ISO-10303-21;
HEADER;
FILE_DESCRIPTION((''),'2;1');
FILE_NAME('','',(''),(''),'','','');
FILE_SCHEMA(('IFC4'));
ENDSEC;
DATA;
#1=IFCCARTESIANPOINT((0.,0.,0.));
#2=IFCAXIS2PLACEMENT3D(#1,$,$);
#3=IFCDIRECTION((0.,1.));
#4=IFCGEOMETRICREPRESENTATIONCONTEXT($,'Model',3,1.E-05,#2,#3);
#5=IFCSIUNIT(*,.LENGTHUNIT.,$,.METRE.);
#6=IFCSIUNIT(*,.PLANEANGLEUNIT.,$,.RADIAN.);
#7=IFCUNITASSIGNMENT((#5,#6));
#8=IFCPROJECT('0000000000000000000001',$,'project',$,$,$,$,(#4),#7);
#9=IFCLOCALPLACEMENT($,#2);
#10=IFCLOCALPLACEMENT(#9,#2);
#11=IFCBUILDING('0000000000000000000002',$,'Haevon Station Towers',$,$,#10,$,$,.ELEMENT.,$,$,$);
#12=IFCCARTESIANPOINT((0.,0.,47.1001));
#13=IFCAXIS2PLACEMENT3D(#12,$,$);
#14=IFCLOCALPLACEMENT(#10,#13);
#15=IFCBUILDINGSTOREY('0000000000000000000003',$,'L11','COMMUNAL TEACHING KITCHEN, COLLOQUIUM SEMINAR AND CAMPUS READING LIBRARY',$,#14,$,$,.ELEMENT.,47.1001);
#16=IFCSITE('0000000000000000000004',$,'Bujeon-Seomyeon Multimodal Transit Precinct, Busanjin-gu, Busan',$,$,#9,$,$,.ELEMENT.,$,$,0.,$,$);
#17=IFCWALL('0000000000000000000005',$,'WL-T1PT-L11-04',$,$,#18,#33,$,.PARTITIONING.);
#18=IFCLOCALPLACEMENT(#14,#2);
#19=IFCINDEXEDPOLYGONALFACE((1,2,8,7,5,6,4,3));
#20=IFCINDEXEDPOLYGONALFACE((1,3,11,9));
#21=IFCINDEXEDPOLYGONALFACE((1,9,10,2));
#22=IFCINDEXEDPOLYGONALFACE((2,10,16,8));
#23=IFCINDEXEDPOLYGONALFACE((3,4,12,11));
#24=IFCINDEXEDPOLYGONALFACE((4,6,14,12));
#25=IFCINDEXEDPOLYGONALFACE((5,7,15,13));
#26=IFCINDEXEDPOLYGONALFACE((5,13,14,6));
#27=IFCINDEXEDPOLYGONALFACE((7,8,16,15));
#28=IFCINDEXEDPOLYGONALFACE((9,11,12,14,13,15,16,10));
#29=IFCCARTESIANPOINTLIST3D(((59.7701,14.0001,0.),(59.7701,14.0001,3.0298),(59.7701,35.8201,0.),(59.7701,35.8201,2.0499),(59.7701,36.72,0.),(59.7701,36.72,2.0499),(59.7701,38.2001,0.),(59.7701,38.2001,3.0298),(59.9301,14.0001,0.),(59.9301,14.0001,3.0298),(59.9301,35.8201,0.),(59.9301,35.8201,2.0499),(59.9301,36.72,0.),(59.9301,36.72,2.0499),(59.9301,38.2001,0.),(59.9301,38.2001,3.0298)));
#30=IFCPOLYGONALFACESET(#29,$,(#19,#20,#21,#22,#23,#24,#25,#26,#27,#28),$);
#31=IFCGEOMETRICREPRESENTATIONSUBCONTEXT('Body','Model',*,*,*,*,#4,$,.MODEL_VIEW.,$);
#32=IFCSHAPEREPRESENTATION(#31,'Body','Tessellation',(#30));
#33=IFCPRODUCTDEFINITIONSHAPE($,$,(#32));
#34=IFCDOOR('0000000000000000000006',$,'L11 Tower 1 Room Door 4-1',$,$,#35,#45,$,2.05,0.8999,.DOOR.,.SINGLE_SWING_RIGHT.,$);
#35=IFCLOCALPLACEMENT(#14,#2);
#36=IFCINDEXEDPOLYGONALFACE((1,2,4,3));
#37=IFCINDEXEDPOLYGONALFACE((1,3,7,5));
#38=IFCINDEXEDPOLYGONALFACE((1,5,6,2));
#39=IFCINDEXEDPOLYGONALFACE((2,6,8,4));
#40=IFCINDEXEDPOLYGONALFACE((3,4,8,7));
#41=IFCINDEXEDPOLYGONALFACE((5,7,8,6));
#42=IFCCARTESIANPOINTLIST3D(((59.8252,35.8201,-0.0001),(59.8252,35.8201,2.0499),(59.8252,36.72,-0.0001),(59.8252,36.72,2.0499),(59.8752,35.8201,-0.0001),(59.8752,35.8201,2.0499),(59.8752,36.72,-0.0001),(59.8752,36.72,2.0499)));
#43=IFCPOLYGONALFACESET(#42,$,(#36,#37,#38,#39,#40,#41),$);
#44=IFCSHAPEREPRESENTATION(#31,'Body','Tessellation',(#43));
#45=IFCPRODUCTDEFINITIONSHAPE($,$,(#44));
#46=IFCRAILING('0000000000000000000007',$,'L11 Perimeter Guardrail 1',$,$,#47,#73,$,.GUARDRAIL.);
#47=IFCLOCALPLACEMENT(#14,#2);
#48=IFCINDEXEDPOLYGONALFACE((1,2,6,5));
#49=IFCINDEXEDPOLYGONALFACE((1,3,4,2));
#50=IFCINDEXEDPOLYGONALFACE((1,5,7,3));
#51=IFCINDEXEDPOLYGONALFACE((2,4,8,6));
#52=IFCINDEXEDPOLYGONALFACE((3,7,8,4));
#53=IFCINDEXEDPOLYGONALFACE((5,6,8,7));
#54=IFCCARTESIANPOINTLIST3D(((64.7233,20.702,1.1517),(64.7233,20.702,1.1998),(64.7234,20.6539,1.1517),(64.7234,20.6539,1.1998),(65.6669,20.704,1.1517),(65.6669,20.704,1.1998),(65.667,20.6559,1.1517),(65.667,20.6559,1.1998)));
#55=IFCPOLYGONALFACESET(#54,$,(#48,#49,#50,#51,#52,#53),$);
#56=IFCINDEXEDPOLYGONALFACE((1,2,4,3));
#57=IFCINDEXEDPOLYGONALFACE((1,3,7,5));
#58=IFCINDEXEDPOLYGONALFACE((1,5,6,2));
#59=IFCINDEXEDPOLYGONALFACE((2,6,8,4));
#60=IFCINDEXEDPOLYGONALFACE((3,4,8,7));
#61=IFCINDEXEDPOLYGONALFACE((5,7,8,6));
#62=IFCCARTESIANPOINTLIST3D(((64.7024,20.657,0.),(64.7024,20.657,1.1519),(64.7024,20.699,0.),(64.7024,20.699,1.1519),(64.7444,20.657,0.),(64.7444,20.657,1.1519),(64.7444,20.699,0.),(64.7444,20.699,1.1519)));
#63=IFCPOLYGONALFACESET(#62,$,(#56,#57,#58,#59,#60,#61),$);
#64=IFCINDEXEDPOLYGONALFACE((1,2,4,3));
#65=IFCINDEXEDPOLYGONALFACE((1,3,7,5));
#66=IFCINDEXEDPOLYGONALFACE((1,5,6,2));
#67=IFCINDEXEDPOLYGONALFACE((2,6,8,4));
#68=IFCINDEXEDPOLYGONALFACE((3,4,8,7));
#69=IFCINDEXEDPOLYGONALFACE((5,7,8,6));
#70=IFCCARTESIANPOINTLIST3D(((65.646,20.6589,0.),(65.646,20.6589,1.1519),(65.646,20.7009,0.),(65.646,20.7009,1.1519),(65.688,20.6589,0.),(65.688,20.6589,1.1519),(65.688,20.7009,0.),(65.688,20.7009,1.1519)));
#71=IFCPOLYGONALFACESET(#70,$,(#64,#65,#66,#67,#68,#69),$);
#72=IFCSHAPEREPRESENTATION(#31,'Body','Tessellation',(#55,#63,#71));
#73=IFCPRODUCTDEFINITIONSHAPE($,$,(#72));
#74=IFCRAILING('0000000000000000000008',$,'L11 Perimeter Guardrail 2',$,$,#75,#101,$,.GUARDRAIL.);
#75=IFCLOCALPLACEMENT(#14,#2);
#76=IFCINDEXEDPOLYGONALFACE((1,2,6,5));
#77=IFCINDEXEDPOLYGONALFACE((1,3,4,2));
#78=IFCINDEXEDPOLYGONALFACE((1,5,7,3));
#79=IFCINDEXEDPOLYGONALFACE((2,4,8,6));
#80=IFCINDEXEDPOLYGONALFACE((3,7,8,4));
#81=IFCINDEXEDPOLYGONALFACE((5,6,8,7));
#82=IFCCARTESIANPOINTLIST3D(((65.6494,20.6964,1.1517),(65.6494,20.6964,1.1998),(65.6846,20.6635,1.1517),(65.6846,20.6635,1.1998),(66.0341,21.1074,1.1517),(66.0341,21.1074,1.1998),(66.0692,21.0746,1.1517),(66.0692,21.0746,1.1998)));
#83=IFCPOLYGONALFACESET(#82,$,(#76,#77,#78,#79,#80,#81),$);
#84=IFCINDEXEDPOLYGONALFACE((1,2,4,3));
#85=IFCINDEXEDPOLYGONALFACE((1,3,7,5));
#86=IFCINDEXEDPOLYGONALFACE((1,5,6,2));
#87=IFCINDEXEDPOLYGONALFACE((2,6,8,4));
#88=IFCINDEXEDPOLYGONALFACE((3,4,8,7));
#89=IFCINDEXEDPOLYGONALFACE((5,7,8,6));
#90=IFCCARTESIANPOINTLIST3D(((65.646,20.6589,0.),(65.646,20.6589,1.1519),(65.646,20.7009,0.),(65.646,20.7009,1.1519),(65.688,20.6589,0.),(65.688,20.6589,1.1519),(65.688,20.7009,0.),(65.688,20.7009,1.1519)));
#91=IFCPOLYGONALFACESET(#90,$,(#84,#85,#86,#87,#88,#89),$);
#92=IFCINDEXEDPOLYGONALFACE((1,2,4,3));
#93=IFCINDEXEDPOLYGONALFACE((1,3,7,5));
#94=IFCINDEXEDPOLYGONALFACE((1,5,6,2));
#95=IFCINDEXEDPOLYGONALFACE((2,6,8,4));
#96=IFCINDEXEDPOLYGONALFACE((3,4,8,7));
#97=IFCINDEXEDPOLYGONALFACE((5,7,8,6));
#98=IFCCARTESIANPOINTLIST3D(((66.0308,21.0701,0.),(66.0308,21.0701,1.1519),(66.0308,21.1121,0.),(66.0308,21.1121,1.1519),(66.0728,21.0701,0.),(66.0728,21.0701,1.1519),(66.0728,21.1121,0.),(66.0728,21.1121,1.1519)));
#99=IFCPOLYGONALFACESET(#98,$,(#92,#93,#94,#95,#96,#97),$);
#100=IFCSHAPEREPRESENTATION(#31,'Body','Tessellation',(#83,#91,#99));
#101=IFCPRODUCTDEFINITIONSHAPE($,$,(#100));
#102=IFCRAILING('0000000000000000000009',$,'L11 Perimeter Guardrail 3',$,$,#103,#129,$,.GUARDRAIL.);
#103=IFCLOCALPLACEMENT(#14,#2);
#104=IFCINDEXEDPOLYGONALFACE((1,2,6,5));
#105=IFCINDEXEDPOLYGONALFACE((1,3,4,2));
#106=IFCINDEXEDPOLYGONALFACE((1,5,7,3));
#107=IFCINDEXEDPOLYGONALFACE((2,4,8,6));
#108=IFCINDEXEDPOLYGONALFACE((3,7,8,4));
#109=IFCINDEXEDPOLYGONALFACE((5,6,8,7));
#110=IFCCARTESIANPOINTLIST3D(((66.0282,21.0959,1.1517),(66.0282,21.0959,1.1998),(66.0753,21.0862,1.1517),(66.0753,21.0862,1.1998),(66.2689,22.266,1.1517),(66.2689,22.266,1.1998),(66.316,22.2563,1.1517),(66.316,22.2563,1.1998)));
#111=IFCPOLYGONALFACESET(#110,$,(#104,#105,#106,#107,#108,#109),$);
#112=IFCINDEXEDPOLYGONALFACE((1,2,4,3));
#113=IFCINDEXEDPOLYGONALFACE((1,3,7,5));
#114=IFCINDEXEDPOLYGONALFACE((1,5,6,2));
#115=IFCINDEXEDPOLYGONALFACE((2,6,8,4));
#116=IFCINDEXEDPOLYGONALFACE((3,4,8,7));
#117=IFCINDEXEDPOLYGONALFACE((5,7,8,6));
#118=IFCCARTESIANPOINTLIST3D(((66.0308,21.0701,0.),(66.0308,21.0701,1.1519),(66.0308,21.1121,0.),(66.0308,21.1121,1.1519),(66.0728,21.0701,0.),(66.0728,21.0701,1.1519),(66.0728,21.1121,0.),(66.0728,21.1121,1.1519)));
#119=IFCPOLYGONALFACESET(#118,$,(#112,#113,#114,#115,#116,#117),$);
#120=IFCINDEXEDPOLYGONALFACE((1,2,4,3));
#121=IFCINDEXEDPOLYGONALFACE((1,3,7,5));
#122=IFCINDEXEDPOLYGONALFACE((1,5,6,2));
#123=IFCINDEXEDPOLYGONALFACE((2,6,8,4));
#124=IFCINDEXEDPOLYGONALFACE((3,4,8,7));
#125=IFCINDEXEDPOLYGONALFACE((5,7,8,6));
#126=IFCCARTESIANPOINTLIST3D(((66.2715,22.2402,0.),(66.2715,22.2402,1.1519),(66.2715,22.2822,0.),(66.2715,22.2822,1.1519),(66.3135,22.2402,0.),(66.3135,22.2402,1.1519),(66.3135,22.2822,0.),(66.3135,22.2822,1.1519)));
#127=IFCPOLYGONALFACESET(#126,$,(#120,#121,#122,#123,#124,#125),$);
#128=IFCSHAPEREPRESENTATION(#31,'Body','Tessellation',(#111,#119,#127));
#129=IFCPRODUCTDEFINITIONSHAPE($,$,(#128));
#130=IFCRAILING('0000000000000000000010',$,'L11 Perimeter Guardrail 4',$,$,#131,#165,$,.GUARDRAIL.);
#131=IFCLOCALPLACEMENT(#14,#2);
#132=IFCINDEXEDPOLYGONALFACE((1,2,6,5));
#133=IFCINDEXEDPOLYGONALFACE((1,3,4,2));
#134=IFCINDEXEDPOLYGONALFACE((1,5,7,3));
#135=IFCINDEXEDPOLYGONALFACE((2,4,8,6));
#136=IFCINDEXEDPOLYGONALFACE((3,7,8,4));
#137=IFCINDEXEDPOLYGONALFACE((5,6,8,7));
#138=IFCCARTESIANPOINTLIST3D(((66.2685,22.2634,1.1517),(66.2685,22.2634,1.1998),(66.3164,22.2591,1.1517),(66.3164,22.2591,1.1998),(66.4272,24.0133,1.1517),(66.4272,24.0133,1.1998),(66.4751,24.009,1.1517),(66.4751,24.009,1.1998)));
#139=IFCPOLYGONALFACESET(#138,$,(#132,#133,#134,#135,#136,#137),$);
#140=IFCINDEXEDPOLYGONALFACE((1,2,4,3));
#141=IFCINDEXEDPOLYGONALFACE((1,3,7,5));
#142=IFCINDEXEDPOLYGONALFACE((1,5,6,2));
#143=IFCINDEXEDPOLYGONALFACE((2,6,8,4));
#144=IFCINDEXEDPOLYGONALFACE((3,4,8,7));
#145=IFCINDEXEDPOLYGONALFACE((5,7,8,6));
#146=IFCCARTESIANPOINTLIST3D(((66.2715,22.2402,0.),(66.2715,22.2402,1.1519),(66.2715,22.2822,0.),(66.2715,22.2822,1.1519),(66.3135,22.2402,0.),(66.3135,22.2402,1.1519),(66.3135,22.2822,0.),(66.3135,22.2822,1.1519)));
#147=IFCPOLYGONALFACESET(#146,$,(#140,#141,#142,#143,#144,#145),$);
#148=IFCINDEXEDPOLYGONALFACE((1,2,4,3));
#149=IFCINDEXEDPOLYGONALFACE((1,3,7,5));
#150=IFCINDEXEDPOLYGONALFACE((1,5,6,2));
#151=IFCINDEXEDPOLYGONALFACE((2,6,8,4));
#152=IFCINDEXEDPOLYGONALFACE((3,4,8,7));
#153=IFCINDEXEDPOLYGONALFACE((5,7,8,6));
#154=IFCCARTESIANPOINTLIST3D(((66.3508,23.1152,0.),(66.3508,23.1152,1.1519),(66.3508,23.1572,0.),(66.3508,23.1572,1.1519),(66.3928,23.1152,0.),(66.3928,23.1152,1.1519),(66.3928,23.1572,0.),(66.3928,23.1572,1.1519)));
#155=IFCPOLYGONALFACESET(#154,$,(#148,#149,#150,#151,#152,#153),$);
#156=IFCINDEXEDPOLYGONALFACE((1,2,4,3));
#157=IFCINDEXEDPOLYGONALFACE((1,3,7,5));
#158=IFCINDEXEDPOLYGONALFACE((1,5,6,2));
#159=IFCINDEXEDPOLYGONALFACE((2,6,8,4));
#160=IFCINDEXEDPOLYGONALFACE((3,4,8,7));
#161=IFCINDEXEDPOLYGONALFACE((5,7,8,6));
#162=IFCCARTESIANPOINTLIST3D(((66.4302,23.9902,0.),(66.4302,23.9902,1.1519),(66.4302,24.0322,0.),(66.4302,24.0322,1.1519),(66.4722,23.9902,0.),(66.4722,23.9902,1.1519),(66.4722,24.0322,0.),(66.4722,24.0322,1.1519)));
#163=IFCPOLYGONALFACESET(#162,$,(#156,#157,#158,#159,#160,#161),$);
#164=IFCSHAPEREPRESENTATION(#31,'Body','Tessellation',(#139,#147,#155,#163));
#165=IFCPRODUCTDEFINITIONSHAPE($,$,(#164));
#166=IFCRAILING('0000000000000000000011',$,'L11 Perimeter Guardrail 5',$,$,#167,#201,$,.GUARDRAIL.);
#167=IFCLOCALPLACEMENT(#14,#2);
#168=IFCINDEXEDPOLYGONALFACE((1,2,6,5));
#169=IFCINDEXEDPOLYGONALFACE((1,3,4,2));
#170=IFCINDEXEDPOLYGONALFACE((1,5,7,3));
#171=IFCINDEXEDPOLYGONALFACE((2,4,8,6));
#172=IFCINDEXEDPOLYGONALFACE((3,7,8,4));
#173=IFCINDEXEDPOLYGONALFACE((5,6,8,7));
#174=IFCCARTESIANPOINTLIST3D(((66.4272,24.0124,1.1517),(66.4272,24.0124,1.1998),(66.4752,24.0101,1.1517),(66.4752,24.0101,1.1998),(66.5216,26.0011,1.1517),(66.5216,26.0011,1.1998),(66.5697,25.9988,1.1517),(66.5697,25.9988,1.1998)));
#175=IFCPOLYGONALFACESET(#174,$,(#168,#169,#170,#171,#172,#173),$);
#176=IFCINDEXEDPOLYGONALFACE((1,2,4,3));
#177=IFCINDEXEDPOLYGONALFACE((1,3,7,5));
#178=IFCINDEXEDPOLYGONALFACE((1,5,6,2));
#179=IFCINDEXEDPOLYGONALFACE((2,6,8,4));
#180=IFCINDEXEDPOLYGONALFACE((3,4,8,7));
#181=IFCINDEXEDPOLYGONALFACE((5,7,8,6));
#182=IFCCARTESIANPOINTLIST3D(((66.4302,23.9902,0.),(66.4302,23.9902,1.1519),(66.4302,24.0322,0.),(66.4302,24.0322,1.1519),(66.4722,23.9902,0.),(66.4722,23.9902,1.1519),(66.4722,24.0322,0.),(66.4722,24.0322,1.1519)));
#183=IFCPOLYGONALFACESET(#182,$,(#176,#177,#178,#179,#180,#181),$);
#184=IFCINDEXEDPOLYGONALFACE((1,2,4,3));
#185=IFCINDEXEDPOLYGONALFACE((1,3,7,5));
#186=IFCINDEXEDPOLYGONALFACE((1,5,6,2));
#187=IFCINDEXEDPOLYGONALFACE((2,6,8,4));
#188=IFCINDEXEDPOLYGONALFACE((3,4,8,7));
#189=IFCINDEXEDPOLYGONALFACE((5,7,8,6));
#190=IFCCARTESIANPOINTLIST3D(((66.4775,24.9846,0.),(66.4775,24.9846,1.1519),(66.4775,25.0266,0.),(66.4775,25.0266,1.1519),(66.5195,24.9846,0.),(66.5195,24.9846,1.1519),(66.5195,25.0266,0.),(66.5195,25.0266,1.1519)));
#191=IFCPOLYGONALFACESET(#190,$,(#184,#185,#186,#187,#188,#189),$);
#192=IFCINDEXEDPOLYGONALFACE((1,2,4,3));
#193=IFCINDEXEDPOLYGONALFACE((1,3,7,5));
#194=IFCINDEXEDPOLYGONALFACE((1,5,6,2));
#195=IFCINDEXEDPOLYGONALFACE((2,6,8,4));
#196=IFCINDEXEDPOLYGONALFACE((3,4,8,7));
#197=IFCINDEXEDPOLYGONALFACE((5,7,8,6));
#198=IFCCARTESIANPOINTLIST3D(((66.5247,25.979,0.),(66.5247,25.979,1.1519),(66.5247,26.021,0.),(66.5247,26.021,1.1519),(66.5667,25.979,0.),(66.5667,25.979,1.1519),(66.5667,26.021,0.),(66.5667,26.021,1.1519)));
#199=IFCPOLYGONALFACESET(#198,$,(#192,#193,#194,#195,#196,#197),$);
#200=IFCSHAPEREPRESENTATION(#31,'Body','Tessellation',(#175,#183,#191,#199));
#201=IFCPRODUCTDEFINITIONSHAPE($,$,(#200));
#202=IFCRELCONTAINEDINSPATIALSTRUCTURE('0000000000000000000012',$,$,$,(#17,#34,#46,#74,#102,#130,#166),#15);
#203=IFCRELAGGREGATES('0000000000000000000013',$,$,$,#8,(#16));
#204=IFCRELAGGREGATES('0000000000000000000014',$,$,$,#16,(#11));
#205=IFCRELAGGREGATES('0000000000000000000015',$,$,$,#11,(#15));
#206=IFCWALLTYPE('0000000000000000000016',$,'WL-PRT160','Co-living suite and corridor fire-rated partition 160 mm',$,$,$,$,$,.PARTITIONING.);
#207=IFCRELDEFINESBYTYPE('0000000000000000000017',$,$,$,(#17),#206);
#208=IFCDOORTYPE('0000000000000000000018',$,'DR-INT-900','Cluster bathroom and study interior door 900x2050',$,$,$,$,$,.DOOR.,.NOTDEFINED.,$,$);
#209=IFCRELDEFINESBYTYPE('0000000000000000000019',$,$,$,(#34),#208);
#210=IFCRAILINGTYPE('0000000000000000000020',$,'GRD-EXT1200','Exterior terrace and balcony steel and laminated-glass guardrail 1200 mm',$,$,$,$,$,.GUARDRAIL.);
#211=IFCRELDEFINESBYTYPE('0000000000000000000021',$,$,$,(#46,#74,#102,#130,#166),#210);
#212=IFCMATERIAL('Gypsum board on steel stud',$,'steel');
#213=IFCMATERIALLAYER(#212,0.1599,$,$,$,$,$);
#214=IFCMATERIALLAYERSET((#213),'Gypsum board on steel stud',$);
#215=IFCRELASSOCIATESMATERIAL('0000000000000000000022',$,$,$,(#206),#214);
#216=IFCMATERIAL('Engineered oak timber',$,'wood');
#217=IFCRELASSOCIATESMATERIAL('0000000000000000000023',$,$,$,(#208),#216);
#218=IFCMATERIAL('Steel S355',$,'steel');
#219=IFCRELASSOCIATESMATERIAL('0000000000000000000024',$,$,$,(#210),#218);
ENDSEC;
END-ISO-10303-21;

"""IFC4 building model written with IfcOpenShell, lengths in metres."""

from ifc_helpers import new_model, si_unit, direction, frame, frame_2d, origin, origin_2d, place, context, subcontext, project, spatial, rectangle, extrude, material, layer, layer_set, type_object, element, fill, save


model = new_model("IFC4")

# Units and contexts
model_context = context("Model", 3, precision=1e-05, world=origin(), true_north=direction((0.0, 1.0)))
body_context = subcontext(model_context, "Body", "Model", "MODEL_VIEW")
ifc_project = project(units=[si_unit("LENGTHUNIT", "METRE"), si_unit("PLANEANGLEUNIT", "RADIAN")], contexts=[model_context])

# Site, building, storey
site_placement = place(None, origin())
site = spatial("IfcSite", under=ifc_project, at=site_placement, Name="Bujeon-Seomyeon Multimodal Transit Precinct, Busanjin-gu, Busan", CompositionType="ELEMENT", RefElevation=0.0)
building_placement = place(site_placement, origin())
building = spatial("IfcBuilding", under=site, at=building_placement, Name="Haevon Station Towers", CompositionType="ELEMENT")
storey_placement = place(building_placement, frame((0.0, 0.0, 47.1001)))
storey = spatial("IfcBuildingStorey", under=building, at=storey_placement, Name="L11", Description="COMMUNAL TEACHING KITCHEN, COLLOQUIUM SEMINAR AND CAMPUS READING LIBRARY", CompositionType="ELEMENT", Elevation=47.1001)

# Wall, opening, door
ifc_material_1 = material(Name="Gypsum board on steel stud", Category="steel")
ifc_layer_1 = layer(ifc_material_1, 0.1599)
ifc_layer_set_1 = layer_set([ifc_layer_1], Name="Gypsum board on steel stud")
wall_type_1 = type_object("IfcWallType", Name="WL-PRT160", Description="Co-living suite and corridor fire-rated partition 160 mm", PredefinedType="PARTITIONING", material=ifc_layer_set_1)
wall_1_placement = place(storey_placement, frame((59.8501, 14.0, 0.0), z_axis=(0.0, 0.0, 1.0), x_axis=(0.0, 1.0, 0.0)))
wall_1 = element("IfcWall", 1, at=wall_1_placement, inside=storey, type_object=wall_type_1, Name="WL-T1PT-L11-04", PredefinedType="PARTITIONING", context=body_context, shape_type="SweptSolid", body=[
    extrude(rectangle(XDim=24.2, YDim=0.1599, at=frame_2d((12.1001, 0.0))), origin(), (0.0, 0.0, 1.0), 3.0298),
])
opening_1_placement = place(wall_1_placement, frame((21.8201, 0.0, 0.0)))
opening_1 = element("IfcOpeningElement", 2, at=opening_1_placement, cuts=wall_1, PredefinedType="OPENING", context=body_context, shape_type="SweptSolid", body=[
    extrude(rectangle(XDim=0.8999, YDim=2.05, at=frame_2d((0.45, 1.0249))), frame((0.0, 0.0898, 0.0), z_axis=(0.0, -1.0, 0.0), x_axis=(1.0, 0.0, 0.0)), (0.0, 0.0, 1.0), 0.1799),
])
ifc_material_2 = material(Name="Engineered oak timber", Category="wood")
door_type = type_object("IfcDoorType", Name="DR-INT-900", Description="Cluster bathroom and study interior door 900x2050", OperationType="NOTDEFINED", PredefinedType="DOOR", material=ifc_material_2)
door_placement = place(opening_1_placement, origin())
door = element("IfcDoor", 3, at=door_placement, inside=storey, type_object=door_type, Name="L11 Tower 1 Room Door 4-1", OperationType="SINGLE_SWING_RIGHT", OverallHeight=2.05, OverallWidth=0.8999, PredefinedType="DOOR", context=body_context, shape_type="SweptSolid", body=[
    extrude(rectangle(XDim=0.8999, YDim=2.05, at=frame_2d((0.45, 1.0249))), frame((0.0, 0.0249, 0.0), z_axis=(0.0, -1.0, 0.0), x_axis=(1.0, 0.0, 0.0)), (0.0, 0.0, 1.0), 0.05),
])
fill(opening_1, door)

# Railings
ifc_material_3 = material(Name="Steel S355", Category="steel")
railing_type = type_object("IfcRailingType", Name="GRD-EXT1200", Description="Exterior terrace and balcony steel and laminated-glass guardrail 1200 mm", PredefinedType="GUARDRAIL", material=ifc_material_3)
railing_1_placement = place(storey_placement, frame((64.7234, 20.678, 0.0)))
element("IfcRailing", 4, at=railing_1_placement, inside=storey, type_object=railing_type, Name="L11 Perimeter Guardrail 1", PredefinedType="GUARDRAIL", context=body_context, shape_type="SweptSolid", body=[
    extrude(rectangle(XDim=0.0481, YDim=0.0481, at=origin_2d()), frame((0.0, 0.0, 1.1758), z_axis=(0.999998, 0.00207, 0.0), x_axis=(-0.00207, 0.999998, 0.0)), (0.0, 0.0, 1.0), 0.9436),
    extrude(rectangle(XDim=0.042, YDim=0.042, at=origin_2d()), origin(), (0.0, 0.0, 1.0), 1.1519),
    extrude(rectangle(XDim=0.042, YDim=0.042, at=origin_2d()), frame((0.9436, 0.002, 0.0)), (0.0, 0.0, 1.0), 1.1519),
])
railing_2_placement = place(storey_placement, frame((65.667, 20.6799, 0.0)))
element("IfcRailing", 5, at=railing_2_placement, inside=storey, type_object=railing_type, Name="L11 Perimeter Guardrail 2", PredefinedType="GUARDRAIL", context=body_context, shape_type="SweptSolid", body=[
    extrude(rectangle(XDim=0.0481, YDim=0.0481, at=origin_2d()), frame((0.0, 0.0, 1.1758), z_axis=(0.683306, 0.730132, 0.0), x_axis=(-0.730132, 0.683306, 0.0)), (0.0, 0.0, 1.0), 0.563),
    extrude(rectangle(XDim=0.042, YDim=0.042, at=origin_2d()), origin(), (0.0, 0.0, 1.0), 1.1519),
    extrude(rectangle(XDim=0.042, YDim=0.042, at=origin_2d()), frame((0.3848, 0.4111, 0.0)), (0.0, 0.0, 1.0), 1.1519),
])
railing_3_placement = place(storey_placement, frame((66.0518, 21.0911, 0.0)))
element("IfcRailing", 6, at=railing_3_placement, inside=storey, type_object=railing_type, Name="L11 Perimeter Guardrail 3", PredefinedType="GUARDRAIL", context=body_context, shape_type="SweptSolid", body=[
    extrude(rectangle(XDim=0.0481, YDim=0.0481, at=origin_2d()), frame((0.0, 0.0, 1.1758), z_axis=(0.201497, 0.979489, 0.0), x_axis=(-0.979489, 0.201497, 0.0)), (0.0, 0.0, 1.0), 1.1946),
    extrude(rectangle(XDim=0.042, YDim=0.042, at=origin_2d()), origin(), (0.0, 0.0, 1.0), 1.1519),
    extrude(rectangle(XDim=0.042, YDim=0.042, at=origin_2d()), frame((0.2407, 1.1702, 0.0)), (0.0, 0.0, 1.0), 1.1519),
])
railing_4_placement = place(storey_placement, frame((66.2925, 22.2612, 0.0)))
element("IfcRailing", 7, at=railing_4_placement, inside=storey, type_object=railing_type, Name="L11 Perimeter Guardrail 4", PredefinedType="GUARDRAIL", context=body_context, shape_type="SweptSolid", body=[
    extrude(rectangle(XDim=0.0481, YDim=0.0481, at=origin_2d()), frame((0.0, 0.0, 1.1758), z_axis=(0.09031, 0.995914, 0.0), x_axis=(-0.995914, 0.09031, 0.0)), (0.0, 0.0, 1.0), 1.7571),
    extrude(rectangle(XDim=0.042, YDim=0.042, at=origin_2d()), origin(), (0.0, 0.0, 1.0), 1.1519),
    extrude(rectangle(XDim=0.042, YDim=0.042, at=origin_2d()), frame((0.0793, 0.875, 0.0)), (0.0, 0.0, 1.0), 1.1519),
    extrude(rectangle(XDim=0.042, YDim=0.042, at=origin_2d()), frame((0.1587, 1.75, 0.0)), (0.0, 0.0, 1.0), 1.1519),
])
railing_5_placement = place(storey_placement, frame((66.4512, 24.0112, 0.0)))
element("IfcRailing", 8, at=railing_5_placement, inside=storey, type_object=railing_type, Name="L11 Perimeter Guardrail 5", PredefinedType="GUARDRAIL", context=body_context, shape_type="SweptSolid", body=[
    extrude(rectangle(XDim=0.0481, YDim=0.0481, at=origin_2d()), frame((0.0, 0.0, 1.1758), z_axis=(0.047454, 0.998873, 0.0), x_axis=(-0.998873, 0.047454, 0.0)), (0.0, 0.0, 1.0), 1.991),
    extrude(rectangle(XDim=0.042, YDim=0.042, at=origin_2d()), origin(), (0.0, 0.0, 1.0), 1.1519),
    extrude(rectangle(XDim=0.042, YDim=0.042, at=origin_2d()), frame((0.0474, 0.9944, 0.0)), (0.0, 0.0, 1.0), 1.1519),
    extrude(rectangle(XDim=0.042, YDim=0.042, at=origin_2d()), frame((0.0945, 1.9888, 0.0)), (0.0, 0.0, 1.0), 1.1519),
])

save(model, "model.ifc")
